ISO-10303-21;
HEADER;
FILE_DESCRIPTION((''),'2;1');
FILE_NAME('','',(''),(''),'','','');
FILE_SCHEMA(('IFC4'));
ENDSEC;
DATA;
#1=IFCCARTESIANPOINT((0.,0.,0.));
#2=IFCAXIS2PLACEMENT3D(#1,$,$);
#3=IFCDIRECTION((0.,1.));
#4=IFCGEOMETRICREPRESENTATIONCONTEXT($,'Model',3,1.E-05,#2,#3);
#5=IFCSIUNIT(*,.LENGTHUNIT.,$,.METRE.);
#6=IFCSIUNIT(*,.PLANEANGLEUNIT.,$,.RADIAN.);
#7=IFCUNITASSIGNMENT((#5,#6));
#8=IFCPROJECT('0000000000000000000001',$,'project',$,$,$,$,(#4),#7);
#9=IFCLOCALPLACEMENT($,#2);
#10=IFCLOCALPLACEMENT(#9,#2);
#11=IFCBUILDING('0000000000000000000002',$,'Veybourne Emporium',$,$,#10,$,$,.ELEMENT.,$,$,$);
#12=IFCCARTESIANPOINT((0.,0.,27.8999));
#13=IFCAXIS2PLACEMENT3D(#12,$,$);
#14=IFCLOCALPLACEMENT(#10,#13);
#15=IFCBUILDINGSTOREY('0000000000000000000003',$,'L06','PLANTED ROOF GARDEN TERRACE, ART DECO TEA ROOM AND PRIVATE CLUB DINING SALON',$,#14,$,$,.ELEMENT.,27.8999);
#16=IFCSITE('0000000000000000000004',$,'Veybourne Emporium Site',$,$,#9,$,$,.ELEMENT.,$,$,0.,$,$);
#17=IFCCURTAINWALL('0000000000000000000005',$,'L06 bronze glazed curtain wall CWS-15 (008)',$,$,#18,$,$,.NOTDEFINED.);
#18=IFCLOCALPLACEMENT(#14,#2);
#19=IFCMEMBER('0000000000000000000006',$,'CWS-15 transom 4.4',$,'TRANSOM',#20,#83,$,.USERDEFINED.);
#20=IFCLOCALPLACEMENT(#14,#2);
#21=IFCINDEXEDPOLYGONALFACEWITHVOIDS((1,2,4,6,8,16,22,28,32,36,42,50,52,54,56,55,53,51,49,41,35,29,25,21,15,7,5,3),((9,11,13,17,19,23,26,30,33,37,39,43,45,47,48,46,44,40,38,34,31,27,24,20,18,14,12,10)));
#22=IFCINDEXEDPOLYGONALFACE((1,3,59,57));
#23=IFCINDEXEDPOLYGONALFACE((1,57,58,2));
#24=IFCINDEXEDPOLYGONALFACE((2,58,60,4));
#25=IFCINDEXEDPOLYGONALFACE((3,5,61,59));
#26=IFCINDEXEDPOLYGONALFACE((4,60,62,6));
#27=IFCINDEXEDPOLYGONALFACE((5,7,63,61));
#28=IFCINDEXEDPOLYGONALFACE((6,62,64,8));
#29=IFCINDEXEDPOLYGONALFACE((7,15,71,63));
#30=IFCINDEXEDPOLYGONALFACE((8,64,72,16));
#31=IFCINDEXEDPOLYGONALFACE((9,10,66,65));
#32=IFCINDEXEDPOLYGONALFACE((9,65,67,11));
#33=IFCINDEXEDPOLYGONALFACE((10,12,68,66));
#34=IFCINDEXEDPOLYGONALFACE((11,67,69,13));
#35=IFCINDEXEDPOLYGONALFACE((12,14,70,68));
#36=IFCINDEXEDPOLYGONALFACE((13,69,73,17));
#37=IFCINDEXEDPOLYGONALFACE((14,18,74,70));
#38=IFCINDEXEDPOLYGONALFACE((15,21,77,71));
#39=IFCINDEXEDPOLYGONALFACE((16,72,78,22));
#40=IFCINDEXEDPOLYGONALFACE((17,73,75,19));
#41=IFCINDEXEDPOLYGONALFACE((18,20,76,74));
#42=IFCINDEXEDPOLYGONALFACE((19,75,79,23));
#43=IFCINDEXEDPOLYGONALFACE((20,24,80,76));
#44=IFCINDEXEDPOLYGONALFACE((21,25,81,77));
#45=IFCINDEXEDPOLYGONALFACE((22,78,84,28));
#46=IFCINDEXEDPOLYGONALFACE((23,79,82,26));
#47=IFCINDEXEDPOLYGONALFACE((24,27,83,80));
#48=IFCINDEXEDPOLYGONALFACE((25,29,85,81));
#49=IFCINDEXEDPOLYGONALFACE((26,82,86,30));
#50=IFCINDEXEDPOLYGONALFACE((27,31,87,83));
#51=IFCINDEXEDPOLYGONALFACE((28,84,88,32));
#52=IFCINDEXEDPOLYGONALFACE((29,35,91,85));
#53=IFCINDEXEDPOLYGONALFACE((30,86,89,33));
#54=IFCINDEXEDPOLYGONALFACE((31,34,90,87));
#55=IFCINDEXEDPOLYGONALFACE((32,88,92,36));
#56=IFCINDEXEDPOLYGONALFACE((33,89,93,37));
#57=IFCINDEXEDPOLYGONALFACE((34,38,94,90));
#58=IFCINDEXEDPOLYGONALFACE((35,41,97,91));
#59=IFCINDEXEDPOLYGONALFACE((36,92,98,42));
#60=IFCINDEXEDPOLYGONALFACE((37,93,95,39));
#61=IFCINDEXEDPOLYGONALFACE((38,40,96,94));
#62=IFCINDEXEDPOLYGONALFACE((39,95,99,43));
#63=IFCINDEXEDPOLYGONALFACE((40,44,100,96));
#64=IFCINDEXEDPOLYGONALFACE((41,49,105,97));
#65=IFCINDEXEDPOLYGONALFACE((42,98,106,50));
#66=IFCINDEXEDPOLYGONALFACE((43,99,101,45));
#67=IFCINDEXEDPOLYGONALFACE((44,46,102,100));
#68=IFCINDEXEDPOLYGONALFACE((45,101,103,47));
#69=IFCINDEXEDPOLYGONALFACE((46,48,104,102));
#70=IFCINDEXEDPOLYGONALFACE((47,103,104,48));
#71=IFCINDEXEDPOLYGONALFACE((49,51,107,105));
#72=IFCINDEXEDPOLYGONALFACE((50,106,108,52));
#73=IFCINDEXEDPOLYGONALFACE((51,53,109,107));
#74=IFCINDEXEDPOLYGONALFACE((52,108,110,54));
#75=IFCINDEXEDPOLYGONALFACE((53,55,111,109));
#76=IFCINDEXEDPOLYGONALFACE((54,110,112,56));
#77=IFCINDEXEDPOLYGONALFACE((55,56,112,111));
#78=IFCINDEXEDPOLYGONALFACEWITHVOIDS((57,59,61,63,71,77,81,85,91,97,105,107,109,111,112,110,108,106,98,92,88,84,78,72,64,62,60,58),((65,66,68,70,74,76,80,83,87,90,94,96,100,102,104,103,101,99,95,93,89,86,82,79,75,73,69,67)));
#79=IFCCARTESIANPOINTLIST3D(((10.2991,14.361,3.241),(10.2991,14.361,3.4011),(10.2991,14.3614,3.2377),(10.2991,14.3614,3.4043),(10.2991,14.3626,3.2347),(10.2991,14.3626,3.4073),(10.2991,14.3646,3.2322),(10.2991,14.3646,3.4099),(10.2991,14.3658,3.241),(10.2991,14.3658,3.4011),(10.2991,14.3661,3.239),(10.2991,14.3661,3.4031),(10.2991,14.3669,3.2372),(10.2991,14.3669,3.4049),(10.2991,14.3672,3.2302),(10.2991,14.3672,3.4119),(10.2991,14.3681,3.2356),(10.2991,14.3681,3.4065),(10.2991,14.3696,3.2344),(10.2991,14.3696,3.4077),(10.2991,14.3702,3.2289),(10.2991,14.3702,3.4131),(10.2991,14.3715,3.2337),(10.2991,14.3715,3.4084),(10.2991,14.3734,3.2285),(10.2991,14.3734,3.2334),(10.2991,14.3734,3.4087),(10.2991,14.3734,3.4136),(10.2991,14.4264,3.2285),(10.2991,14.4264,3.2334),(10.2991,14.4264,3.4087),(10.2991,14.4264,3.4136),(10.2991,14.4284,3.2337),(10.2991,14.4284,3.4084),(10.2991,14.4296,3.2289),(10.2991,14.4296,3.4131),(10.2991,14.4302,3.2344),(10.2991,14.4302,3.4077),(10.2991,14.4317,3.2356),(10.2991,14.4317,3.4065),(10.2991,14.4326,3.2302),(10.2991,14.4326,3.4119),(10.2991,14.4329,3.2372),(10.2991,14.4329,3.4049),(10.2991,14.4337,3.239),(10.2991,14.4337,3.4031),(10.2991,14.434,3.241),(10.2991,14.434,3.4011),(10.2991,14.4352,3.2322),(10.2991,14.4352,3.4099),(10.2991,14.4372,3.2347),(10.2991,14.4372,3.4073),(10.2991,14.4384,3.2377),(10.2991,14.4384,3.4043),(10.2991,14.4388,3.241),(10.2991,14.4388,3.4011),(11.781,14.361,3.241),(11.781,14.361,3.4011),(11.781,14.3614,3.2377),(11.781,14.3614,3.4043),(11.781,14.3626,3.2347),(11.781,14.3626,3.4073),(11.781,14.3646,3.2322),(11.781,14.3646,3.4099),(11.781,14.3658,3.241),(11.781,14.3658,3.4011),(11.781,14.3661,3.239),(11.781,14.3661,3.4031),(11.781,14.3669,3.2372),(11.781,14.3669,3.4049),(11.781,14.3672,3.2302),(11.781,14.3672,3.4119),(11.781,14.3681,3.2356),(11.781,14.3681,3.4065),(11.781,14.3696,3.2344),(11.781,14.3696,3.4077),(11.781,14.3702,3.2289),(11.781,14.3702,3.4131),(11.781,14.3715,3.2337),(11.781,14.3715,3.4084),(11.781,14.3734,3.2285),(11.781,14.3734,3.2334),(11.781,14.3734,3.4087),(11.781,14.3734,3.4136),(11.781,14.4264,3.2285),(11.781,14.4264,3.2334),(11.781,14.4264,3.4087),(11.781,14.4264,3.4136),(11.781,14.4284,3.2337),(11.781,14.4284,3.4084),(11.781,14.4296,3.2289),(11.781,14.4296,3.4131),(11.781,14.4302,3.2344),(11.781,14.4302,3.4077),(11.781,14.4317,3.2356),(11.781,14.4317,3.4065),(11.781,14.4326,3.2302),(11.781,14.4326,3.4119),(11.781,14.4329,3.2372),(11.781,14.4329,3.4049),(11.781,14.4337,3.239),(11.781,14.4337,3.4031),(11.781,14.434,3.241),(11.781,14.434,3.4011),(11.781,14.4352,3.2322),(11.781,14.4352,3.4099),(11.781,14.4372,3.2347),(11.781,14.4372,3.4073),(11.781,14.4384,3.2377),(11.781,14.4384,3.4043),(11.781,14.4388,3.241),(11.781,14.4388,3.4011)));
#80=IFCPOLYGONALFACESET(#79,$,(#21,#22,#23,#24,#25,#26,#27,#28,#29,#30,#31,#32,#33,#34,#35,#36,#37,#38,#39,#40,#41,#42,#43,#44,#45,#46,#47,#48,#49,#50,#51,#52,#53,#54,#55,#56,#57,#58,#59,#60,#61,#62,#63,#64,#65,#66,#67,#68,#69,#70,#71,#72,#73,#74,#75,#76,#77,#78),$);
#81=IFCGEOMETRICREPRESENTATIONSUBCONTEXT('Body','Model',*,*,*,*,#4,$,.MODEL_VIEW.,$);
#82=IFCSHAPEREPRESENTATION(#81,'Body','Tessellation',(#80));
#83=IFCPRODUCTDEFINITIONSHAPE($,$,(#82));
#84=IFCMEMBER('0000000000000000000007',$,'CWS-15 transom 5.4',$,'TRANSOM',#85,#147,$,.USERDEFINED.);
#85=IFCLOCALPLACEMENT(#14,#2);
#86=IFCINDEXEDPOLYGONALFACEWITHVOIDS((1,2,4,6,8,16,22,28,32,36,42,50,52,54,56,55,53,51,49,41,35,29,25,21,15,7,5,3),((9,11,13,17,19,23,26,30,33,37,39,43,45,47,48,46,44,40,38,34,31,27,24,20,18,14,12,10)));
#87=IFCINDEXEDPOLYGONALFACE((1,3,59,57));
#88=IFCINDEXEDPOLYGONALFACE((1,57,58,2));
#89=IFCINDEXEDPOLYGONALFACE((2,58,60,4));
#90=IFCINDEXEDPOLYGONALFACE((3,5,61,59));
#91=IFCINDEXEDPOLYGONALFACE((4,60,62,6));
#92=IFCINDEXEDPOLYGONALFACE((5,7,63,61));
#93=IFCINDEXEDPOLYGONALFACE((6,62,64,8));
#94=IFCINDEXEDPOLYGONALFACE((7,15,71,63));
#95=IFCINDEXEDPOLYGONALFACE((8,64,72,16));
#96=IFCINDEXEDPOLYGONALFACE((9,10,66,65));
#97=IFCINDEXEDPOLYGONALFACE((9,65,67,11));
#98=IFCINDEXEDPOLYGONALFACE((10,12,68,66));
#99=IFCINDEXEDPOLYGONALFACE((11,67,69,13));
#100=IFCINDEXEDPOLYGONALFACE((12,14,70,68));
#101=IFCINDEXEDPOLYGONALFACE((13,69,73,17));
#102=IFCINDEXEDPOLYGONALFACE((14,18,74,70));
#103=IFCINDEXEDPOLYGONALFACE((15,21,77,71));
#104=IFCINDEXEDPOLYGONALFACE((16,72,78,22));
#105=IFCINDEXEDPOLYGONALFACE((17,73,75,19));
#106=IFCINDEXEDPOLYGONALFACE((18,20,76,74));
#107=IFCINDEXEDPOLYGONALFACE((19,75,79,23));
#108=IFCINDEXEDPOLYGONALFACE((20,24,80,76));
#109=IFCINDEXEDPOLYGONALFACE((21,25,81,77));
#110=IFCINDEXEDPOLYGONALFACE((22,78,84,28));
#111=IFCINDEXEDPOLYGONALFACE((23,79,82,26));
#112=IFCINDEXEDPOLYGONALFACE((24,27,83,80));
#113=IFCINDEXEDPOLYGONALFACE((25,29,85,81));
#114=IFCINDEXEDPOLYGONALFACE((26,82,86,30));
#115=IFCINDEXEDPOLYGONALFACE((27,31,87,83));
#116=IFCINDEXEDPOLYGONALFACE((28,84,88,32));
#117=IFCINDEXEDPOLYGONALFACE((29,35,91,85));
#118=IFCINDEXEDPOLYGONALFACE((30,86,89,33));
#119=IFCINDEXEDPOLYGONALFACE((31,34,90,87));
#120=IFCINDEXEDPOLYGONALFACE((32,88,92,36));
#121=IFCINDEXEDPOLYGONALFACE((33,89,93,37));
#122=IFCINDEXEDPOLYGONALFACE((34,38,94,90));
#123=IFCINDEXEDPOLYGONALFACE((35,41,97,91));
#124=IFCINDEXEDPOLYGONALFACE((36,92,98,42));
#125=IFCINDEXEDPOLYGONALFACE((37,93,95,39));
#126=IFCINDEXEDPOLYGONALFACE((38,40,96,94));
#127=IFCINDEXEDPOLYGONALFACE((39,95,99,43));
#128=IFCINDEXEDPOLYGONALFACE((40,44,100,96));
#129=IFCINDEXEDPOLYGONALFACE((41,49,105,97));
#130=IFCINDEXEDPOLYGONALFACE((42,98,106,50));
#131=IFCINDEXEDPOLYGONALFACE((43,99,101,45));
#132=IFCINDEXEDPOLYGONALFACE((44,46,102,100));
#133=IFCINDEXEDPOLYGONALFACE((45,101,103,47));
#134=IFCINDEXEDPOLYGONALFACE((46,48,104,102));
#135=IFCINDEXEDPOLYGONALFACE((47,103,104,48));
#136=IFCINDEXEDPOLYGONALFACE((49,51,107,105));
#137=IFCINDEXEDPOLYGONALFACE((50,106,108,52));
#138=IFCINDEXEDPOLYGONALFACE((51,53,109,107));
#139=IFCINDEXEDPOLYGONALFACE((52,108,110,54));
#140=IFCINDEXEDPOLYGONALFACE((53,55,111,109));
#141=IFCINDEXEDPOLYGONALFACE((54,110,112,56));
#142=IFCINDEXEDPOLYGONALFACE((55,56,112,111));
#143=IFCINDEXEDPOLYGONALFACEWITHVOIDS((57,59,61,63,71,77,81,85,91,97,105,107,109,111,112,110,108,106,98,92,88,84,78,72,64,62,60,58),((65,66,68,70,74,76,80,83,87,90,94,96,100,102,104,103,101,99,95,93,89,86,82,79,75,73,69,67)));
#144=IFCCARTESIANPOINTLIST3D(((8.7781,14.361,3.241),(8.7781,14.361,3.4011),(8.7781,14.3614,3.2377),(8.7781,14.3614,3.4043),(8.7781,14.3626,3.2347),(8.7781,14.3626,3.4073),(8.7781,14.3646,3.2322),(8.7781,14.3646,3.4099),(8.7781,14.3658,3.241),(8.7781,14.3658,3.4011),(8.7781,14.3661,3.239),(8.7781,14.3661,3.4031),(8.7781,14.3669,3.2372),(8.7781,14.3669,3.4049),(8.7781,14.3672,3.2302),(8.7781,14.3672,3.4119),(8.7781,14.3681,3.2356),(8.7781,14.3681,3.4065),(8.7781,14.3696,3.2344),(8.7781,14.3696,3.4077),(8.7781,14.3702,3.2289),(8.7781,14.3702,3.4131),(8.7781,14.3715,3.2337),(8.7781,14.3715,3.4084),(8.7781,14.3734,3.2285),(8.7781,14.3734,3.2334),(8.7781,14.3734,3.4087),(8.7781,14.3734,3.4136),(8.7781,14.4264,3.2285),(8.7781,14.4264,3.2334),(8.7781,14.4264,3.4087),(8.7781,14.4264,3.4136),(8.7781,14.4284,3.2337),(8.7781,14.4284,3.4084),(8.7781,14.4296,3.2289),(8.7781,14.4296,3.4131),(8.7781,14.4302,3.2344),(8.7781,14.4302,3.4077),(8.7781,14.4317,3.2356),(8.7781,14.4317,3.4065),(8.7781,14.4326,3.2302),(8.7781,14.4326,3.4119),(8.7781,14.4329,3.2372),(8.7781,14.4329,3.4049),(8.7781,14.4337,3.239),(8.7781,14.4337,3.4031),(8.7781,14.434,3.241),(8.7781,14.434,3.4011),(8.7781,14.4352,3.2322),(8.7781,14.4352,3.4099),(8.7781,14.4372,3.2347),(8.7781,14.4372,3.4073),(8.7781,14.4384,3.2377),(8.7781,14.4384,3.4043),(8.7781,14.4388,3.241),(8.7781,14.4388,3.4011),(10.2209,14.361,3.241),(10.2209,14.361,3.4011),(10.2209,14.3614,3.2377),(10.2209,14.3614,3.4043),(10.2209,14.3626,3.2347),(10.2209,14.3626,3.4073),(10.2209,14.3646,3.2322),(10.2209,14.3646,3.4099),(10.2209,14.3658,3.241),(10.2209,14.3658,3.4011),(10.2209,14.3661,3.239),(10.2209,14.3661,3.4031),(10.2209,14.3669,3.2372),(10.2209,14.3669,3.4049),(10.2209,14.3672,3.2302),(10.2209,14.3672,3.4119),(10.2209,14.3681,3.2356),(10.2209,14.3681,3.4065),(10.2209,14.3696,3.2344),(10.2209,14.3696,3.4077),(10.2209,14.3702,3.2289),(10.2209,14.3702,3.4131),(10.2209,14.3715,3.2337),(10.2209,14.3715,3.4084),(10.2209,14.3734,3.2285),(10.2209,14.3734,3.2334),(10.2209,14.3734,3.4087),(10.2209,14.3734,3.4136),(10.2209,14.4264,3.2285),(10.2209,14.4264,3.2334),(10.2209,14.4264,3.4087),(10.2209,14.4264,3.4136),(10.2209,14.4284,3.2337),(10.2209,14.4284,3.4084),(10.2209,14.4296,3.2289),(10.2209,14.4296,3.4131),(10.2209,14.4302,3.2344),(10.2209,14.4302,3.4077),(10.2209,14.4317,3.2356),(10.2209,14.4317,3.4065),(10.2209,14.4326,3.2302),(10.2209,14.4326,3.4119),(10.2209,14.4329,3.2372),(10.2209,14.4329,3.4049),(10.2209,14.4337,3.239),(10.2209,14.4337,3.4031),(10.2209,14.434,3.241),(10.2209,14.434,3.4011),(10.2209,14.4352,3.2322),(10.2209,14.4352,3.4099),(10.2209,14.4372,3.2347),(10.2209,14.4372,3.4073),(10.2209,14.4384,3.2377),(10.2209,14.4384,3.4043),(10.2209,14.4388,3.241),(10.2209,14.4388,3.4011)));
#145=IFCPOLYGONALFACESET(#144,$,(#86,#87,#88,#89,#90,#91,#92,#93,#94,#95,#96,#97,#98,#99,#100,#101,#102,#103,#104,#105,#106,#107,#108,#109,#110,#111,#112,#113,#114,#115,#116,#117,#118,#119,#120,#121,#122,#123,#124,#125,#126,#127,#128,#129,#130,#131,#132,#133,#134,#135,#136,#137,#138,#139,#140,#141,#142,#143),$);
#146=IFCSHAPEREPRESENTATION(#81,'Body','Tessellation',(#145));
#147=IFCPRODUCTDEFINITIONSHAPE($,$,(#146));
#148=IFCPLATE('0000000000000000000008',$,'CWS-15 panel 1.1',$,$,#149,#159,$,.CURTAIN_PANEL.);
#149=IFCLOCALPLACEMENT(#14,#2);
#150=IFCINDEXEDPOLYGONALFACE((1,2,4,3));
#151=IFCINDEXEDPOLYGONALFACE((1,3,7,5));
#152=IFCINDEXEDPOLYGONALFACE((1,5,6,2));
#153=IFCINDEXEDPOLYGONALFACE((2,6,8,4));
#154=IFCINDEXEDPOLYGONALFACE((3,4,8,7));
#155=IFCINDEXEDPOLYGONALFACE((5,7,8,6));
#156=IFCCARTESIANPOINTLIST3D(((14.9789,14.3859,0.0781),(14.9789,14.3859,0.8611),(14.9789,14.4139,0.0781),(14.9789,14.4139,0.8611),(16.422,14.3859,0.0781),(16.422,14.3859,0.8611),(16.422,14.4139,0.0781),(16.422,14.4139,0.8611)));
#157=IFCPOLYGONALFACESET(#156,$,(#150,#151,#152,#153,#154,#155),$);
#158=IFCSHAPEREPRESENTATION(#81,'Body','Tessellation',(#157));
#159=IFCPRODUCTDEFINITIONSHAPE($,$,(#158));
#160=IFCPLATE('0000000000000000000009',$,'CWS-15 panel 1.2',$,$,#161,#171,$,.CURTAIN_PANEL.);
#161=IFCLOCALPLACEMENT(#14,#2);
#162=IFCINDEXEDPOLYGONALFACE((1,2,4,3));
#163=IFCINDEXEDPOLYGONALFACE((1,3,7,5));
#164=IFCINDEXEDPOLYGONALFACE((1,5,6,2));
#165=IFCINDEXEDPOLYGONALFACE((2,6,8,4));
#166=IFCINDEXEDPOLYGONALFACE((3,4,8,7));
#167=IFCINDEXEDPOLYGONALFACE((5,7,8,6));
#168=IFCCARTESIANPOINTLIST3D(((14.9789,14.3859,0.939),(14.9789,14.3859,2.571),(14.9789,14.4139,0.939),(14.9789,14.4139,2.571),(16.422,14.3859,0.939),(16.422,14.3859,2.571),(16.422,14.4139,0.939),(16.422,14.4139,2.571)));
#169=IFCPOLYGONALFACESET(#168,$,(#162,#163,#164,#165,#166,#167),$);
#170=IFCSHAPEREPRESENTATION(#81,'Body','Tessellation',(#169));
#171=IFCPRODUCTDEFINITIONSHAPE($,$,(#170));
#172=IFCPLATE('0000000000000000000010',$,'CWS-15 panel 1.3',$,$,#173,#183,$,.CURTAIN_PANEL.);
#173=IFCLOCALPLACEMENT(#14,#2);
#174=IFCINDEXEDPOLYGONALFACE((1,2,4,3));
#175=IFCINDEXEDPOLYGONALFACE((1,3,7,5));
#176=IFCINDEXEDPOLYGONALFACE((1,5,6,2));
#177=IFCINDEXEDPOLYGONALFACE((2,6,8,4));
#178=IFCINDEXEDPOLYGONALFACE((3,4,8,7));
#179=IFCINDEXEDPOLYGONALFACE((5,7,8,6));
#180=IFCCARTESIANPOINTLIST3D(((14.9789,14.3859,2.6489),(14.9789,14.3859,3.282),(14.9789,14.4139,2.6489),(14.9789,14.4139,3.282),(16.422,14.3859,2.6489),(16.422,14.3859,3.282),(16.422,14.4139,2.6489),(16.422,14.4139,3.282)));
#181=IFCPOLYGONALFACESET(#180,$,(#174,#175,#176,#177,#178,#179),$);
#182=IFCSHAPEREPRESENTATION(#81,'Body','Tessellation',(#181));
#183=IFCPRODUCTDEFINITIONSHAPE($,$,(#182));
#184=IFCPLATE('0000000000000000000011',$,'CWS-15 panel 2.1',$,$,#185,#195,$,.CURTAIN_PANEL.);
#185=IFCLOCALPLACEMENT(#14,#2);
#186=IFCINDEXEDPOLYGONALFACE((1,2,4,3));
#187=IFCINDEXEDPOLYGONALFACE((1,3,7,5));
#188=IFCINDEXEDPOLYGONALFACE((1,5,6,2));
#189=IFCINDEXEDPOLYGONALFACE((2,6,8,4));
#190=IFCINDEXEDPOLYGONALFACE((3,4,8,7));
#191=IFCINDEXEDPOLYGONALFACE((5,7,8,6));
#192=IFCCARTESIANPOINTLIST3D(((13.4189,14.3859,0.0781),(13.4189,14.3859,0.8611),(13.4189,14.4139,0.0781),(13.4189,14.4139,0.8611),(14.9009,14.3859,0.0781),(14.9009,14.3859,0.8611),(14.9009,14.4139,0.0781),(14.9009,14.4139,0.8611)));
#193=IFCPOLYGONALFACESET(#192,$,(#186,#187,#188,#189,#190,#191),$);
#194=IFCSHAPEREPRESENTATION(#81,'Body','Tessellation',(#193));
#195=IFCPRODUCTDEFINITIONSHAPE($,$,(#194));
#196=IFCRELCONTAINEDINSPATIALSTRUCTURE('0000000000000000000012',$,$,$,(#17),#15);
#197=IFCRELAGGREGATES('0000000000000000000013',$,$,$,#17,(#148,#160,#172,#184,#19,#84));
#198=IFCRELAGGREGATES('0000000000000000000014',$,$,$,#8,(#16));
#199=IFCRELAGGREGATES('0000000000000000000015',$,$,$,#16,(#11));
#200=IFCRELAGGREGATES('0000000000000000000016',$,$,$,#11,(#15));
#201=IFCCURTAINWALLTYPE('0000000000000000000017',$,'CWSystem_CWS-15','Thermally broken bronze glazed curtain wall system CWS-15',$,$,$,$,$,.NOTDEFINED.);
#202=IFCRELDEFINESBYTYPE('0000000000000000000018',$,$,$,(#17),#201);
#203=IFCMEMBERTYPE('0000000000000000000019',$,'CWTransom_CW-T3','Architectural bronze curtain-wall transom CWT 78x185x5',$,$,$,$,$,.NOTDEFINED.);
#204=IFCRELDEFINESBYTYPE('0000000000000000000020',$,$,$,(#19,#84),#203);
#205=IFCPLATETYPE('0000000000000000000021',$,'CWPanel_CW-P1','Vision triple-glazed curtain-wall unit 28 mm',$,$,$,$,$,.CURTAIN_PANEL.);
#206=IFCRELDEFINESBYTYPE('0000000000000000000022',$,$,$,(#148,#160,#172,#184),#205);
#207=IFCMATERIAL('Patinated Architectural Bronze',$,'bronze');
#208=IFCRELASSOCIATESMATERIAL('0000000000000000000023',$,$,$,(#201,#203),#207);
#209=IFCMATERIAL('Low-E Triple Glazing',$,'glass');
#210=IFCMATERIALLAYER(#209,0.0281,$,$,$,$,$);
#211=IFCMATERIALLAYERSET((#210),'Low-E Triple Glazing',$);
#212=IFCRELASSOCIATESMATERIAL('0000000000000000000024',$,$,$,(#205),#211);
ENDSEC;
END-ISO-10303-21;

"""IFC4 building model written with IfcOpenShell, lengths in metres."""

from ifc_helpers import new_model, si_unit, direction, frame, origin, origin_2d, place, context, subcontext, project, spatial, rectangle, hollow_rectangle, extrude, material, layer, layer_set, material_profile, profile_set, type_object, element, aggregate, save


model = new_model("IFC4")

# Units and contexts
model_context = context("Model", 3, precision=1e-05, world=origin(), true_north=direction((0.0, 1.0)))
body_context = subcontext(model_context, "Body", "Model", "MODEL_VIEW")
ifc_project = project(units=[si_unit("LENGTHUNIT", "METRE"), si_unit("PLANEANGLEUNIT", "RADIAN")], contexts=[model_context])

# Site, building, storey
site_placement = place(None, origin())
site = spatial("IfcSite", under=ifc_project, at=site_placement, Name="Veybourne Emporium Site", CompositionType="ELEMENT", RefElevation=0.0)
building_placement = place(site_placement, origin())
building = spatial("IfcBuilding", under=site, at=building_placement, Name="Veybourne Emporium", CompositionType="ELEMENT")
storey_placement = place(building_placement, frame((0.0, 0.0, 27.8999)))
storey = spatial("IfcBuildingStorey", under=building, at=storey_placement, Name="L06", Description="PLANTED ROOF GARDEN TERRACE, ART DECO TEA ROOM AND PRIVATE CLUB DINING SALON", CompositionType="ELEMENT", Elevation=27.8999)

# Curtain wall, members, plates
ifc_material_1 = material(Name="Patinated Architectural Bronze", Category="bronze")
curtain_wall_type = type_object("IfcCurtainWallType", Name="CWSystem_CWS-15", Description="Thermally broken bronze glazed curtain wall system CWS-15", PredefinedType="NOTDEFINED", material=ifc_material_1)
curtain_wall_placement = place(storey_placement, origin())
curtain_wall = element("IfcCurtainWall", 1, at=curtain_wall_placement, inside=storey, type_object=curtain_wall_type, Name="L06 bronze glazed curtain wall CWS-15 (008)", PredefinedType="NOTDEFINED")
ifc_material_profile_1 = material_profile(ifc_material_1, hollow_rectangle(XDim=0.0779, YDim=0.1851, WallThickness=0.0049, InnerFilletRadius=0.0076, OuterFilletRadius=0.0125, at=origin_2d()), Name="CWT 78x185x5")
ifc_profile_set_1 = profile_set([ifc_material_profile_1], Name="Patinated Architectural Bronze")
member_type_1 = type_object("IfcMemberType", Name="CWTransom_CW-T3", Description="Architectural bronze curtain-wall transom CWT 78x185x5", PredefinedType="NOTDEFINED", material=ifc_profile_set_1)
member_1_placement = place(storey_placement, frame((11.781, 14.3999, 3.321), z_axis=(-1.0, 0.0, 0.0), x_axis=(0.0, -1.0, 0.0)))
member_1 = element("IfcMember", 2, at=member_1_placement, type_object=member_type_1, Name="CWS-15 transom 4.4", ObjectType="TRANSOM", PredefinedType="USERDEFINED", context=body_context, shape_type="SweptSolid", body=[
    extrude(hollow_rectangle(XDim=0.0779, YDim=0.1851, WallThickness=0.0049, InnerFilletRadius=0.0076, OuterFilletRadius=0.0125, at=origin_2d()), origin(), (0.0, 0.0, 1.0), 1.4819),
])
member_2_placement = place(storey_placement, frame((10.2209, 14.3999, 3.321), z_axis=(-1.0, 0.0, 0.0), x_axis=(0.0, -1.0, 0.0)))
member_2 = element("IfcMember", 3, at=member_2_placement, type_object=member_type_1, Name="CWS-15 transom 5.4", ObjectType="TRANSOM", PredefinedType="USERDEFINED", context=body_context, shape_type="SweptSolid", body=[
    extrude(hollow_rectangle(XDim=0.0779, YDim=0.1851, WallThickness=0.0049, InnerFilletRadius=0.0076, OuterFilletRadius=0.0125, at=origin_2d()), origin(), (0.0, 0.0, 1.0), 1.4429),
])
ifc_material_2 = material(Name="Low-E Triple Glazing", Category="glass")
ifc_layer = layer(ifc_material_2, 0.0281)
ifc_layer_set = layer_set([ifc_layer], Name="Low-E Triple Glazing")
plate_type = type_object("IfcPlateType", Name="CWPanel_CW-P1", Description="Vision triple-glazed curtain-wall unit 28 mm", PredefinedType="CURTAIN_PANEL", material=ifc_layer_set)
plate_1_placement = place(storey_placement, frame((15.7004, 14.3999, 0.0781), z_axis=(0.0, 0.0, 1.0), x_axis=(-1.0, 0.0, 0.0)))
plate_1 = element("IfcPlate", 4, at=plate_1_placement, type_object=plate_type, Name="CWS-15 panel 1.1", PredefinedType="CURTAIN_PANEL", context=body_context, shape_type="SweptSolid", body=[
    extrude(rectangle(XDim=1.4431, YDim=0.0281, at=origin_2d()), origin(), (0.0, 0.0, 1.0), 0.783),
])
plate_2_placement = place(storey_placement, frame((15.7004, 14.3999, 0.939), z_axis=(0.0, 0.0, 1.0), x_axis=(-1.0, 0.0, 0.0)))
plate_2 = element("IfcPlate", 5, at=plate_2_placement, type_object=plate_type, Name="CWS-15 panel 1.2", PredefinedType="CURTAIN_PANEL", context=body_context, shape_type="SweptSolid", body=[
    extrude(rectangle(XDim=1.4431, YDim=0.0281, at=origin_2d()), origin(), (0.0, 0.0, 1.0), 1.6321),
])
plate_3_placement = place(storey_placement, frame((15.7004, 14.3999, 2.6489), z_axis=(0.0, 0.0, 1.0), x_axis=(-1.0, 0.0, 0.0)))
plate_3 = element("IfcPlate", 6, at=plate_3_placement, type_object=plate_type, Name="CWS-15 panel 1.3", PredefinedType="CURTAIN_PANEL", context=body_context, shape_type="SweptSolid", body=[
    extrude(rectangle(XDim=1.4431, YDim=0.0281, at=origin_2d()), origin(), (0.0, 0.0, 1.0), 0.6331),
])
plate_4_placement = place(storey_placement, frame((14.1599, 14.3999, 0.0781), z_axis=(0.0, 0.0, 1.0), x_axis=(-1.0, 0.0, 0.0)))
plate_4 = element("IfcPlate", 7, at=plate_4_placement, type_object=plate_type, Name="CWS-15 panel 2.1", PredefinedType="CURTAIN_PANEL", context=body_context, shape_type="SweptSolid", body=[
    extrude(rectangle(XDim=1.4819, YDim=0.0281, at=origin_2d()), origin(), (0.0, 0.0, 1.0), 0.783),
])
aggregate(curtain_wall, [plate_1, plate_2, plate_3, plate_4, member_1, member_2])

save(model, "model.ifc")
